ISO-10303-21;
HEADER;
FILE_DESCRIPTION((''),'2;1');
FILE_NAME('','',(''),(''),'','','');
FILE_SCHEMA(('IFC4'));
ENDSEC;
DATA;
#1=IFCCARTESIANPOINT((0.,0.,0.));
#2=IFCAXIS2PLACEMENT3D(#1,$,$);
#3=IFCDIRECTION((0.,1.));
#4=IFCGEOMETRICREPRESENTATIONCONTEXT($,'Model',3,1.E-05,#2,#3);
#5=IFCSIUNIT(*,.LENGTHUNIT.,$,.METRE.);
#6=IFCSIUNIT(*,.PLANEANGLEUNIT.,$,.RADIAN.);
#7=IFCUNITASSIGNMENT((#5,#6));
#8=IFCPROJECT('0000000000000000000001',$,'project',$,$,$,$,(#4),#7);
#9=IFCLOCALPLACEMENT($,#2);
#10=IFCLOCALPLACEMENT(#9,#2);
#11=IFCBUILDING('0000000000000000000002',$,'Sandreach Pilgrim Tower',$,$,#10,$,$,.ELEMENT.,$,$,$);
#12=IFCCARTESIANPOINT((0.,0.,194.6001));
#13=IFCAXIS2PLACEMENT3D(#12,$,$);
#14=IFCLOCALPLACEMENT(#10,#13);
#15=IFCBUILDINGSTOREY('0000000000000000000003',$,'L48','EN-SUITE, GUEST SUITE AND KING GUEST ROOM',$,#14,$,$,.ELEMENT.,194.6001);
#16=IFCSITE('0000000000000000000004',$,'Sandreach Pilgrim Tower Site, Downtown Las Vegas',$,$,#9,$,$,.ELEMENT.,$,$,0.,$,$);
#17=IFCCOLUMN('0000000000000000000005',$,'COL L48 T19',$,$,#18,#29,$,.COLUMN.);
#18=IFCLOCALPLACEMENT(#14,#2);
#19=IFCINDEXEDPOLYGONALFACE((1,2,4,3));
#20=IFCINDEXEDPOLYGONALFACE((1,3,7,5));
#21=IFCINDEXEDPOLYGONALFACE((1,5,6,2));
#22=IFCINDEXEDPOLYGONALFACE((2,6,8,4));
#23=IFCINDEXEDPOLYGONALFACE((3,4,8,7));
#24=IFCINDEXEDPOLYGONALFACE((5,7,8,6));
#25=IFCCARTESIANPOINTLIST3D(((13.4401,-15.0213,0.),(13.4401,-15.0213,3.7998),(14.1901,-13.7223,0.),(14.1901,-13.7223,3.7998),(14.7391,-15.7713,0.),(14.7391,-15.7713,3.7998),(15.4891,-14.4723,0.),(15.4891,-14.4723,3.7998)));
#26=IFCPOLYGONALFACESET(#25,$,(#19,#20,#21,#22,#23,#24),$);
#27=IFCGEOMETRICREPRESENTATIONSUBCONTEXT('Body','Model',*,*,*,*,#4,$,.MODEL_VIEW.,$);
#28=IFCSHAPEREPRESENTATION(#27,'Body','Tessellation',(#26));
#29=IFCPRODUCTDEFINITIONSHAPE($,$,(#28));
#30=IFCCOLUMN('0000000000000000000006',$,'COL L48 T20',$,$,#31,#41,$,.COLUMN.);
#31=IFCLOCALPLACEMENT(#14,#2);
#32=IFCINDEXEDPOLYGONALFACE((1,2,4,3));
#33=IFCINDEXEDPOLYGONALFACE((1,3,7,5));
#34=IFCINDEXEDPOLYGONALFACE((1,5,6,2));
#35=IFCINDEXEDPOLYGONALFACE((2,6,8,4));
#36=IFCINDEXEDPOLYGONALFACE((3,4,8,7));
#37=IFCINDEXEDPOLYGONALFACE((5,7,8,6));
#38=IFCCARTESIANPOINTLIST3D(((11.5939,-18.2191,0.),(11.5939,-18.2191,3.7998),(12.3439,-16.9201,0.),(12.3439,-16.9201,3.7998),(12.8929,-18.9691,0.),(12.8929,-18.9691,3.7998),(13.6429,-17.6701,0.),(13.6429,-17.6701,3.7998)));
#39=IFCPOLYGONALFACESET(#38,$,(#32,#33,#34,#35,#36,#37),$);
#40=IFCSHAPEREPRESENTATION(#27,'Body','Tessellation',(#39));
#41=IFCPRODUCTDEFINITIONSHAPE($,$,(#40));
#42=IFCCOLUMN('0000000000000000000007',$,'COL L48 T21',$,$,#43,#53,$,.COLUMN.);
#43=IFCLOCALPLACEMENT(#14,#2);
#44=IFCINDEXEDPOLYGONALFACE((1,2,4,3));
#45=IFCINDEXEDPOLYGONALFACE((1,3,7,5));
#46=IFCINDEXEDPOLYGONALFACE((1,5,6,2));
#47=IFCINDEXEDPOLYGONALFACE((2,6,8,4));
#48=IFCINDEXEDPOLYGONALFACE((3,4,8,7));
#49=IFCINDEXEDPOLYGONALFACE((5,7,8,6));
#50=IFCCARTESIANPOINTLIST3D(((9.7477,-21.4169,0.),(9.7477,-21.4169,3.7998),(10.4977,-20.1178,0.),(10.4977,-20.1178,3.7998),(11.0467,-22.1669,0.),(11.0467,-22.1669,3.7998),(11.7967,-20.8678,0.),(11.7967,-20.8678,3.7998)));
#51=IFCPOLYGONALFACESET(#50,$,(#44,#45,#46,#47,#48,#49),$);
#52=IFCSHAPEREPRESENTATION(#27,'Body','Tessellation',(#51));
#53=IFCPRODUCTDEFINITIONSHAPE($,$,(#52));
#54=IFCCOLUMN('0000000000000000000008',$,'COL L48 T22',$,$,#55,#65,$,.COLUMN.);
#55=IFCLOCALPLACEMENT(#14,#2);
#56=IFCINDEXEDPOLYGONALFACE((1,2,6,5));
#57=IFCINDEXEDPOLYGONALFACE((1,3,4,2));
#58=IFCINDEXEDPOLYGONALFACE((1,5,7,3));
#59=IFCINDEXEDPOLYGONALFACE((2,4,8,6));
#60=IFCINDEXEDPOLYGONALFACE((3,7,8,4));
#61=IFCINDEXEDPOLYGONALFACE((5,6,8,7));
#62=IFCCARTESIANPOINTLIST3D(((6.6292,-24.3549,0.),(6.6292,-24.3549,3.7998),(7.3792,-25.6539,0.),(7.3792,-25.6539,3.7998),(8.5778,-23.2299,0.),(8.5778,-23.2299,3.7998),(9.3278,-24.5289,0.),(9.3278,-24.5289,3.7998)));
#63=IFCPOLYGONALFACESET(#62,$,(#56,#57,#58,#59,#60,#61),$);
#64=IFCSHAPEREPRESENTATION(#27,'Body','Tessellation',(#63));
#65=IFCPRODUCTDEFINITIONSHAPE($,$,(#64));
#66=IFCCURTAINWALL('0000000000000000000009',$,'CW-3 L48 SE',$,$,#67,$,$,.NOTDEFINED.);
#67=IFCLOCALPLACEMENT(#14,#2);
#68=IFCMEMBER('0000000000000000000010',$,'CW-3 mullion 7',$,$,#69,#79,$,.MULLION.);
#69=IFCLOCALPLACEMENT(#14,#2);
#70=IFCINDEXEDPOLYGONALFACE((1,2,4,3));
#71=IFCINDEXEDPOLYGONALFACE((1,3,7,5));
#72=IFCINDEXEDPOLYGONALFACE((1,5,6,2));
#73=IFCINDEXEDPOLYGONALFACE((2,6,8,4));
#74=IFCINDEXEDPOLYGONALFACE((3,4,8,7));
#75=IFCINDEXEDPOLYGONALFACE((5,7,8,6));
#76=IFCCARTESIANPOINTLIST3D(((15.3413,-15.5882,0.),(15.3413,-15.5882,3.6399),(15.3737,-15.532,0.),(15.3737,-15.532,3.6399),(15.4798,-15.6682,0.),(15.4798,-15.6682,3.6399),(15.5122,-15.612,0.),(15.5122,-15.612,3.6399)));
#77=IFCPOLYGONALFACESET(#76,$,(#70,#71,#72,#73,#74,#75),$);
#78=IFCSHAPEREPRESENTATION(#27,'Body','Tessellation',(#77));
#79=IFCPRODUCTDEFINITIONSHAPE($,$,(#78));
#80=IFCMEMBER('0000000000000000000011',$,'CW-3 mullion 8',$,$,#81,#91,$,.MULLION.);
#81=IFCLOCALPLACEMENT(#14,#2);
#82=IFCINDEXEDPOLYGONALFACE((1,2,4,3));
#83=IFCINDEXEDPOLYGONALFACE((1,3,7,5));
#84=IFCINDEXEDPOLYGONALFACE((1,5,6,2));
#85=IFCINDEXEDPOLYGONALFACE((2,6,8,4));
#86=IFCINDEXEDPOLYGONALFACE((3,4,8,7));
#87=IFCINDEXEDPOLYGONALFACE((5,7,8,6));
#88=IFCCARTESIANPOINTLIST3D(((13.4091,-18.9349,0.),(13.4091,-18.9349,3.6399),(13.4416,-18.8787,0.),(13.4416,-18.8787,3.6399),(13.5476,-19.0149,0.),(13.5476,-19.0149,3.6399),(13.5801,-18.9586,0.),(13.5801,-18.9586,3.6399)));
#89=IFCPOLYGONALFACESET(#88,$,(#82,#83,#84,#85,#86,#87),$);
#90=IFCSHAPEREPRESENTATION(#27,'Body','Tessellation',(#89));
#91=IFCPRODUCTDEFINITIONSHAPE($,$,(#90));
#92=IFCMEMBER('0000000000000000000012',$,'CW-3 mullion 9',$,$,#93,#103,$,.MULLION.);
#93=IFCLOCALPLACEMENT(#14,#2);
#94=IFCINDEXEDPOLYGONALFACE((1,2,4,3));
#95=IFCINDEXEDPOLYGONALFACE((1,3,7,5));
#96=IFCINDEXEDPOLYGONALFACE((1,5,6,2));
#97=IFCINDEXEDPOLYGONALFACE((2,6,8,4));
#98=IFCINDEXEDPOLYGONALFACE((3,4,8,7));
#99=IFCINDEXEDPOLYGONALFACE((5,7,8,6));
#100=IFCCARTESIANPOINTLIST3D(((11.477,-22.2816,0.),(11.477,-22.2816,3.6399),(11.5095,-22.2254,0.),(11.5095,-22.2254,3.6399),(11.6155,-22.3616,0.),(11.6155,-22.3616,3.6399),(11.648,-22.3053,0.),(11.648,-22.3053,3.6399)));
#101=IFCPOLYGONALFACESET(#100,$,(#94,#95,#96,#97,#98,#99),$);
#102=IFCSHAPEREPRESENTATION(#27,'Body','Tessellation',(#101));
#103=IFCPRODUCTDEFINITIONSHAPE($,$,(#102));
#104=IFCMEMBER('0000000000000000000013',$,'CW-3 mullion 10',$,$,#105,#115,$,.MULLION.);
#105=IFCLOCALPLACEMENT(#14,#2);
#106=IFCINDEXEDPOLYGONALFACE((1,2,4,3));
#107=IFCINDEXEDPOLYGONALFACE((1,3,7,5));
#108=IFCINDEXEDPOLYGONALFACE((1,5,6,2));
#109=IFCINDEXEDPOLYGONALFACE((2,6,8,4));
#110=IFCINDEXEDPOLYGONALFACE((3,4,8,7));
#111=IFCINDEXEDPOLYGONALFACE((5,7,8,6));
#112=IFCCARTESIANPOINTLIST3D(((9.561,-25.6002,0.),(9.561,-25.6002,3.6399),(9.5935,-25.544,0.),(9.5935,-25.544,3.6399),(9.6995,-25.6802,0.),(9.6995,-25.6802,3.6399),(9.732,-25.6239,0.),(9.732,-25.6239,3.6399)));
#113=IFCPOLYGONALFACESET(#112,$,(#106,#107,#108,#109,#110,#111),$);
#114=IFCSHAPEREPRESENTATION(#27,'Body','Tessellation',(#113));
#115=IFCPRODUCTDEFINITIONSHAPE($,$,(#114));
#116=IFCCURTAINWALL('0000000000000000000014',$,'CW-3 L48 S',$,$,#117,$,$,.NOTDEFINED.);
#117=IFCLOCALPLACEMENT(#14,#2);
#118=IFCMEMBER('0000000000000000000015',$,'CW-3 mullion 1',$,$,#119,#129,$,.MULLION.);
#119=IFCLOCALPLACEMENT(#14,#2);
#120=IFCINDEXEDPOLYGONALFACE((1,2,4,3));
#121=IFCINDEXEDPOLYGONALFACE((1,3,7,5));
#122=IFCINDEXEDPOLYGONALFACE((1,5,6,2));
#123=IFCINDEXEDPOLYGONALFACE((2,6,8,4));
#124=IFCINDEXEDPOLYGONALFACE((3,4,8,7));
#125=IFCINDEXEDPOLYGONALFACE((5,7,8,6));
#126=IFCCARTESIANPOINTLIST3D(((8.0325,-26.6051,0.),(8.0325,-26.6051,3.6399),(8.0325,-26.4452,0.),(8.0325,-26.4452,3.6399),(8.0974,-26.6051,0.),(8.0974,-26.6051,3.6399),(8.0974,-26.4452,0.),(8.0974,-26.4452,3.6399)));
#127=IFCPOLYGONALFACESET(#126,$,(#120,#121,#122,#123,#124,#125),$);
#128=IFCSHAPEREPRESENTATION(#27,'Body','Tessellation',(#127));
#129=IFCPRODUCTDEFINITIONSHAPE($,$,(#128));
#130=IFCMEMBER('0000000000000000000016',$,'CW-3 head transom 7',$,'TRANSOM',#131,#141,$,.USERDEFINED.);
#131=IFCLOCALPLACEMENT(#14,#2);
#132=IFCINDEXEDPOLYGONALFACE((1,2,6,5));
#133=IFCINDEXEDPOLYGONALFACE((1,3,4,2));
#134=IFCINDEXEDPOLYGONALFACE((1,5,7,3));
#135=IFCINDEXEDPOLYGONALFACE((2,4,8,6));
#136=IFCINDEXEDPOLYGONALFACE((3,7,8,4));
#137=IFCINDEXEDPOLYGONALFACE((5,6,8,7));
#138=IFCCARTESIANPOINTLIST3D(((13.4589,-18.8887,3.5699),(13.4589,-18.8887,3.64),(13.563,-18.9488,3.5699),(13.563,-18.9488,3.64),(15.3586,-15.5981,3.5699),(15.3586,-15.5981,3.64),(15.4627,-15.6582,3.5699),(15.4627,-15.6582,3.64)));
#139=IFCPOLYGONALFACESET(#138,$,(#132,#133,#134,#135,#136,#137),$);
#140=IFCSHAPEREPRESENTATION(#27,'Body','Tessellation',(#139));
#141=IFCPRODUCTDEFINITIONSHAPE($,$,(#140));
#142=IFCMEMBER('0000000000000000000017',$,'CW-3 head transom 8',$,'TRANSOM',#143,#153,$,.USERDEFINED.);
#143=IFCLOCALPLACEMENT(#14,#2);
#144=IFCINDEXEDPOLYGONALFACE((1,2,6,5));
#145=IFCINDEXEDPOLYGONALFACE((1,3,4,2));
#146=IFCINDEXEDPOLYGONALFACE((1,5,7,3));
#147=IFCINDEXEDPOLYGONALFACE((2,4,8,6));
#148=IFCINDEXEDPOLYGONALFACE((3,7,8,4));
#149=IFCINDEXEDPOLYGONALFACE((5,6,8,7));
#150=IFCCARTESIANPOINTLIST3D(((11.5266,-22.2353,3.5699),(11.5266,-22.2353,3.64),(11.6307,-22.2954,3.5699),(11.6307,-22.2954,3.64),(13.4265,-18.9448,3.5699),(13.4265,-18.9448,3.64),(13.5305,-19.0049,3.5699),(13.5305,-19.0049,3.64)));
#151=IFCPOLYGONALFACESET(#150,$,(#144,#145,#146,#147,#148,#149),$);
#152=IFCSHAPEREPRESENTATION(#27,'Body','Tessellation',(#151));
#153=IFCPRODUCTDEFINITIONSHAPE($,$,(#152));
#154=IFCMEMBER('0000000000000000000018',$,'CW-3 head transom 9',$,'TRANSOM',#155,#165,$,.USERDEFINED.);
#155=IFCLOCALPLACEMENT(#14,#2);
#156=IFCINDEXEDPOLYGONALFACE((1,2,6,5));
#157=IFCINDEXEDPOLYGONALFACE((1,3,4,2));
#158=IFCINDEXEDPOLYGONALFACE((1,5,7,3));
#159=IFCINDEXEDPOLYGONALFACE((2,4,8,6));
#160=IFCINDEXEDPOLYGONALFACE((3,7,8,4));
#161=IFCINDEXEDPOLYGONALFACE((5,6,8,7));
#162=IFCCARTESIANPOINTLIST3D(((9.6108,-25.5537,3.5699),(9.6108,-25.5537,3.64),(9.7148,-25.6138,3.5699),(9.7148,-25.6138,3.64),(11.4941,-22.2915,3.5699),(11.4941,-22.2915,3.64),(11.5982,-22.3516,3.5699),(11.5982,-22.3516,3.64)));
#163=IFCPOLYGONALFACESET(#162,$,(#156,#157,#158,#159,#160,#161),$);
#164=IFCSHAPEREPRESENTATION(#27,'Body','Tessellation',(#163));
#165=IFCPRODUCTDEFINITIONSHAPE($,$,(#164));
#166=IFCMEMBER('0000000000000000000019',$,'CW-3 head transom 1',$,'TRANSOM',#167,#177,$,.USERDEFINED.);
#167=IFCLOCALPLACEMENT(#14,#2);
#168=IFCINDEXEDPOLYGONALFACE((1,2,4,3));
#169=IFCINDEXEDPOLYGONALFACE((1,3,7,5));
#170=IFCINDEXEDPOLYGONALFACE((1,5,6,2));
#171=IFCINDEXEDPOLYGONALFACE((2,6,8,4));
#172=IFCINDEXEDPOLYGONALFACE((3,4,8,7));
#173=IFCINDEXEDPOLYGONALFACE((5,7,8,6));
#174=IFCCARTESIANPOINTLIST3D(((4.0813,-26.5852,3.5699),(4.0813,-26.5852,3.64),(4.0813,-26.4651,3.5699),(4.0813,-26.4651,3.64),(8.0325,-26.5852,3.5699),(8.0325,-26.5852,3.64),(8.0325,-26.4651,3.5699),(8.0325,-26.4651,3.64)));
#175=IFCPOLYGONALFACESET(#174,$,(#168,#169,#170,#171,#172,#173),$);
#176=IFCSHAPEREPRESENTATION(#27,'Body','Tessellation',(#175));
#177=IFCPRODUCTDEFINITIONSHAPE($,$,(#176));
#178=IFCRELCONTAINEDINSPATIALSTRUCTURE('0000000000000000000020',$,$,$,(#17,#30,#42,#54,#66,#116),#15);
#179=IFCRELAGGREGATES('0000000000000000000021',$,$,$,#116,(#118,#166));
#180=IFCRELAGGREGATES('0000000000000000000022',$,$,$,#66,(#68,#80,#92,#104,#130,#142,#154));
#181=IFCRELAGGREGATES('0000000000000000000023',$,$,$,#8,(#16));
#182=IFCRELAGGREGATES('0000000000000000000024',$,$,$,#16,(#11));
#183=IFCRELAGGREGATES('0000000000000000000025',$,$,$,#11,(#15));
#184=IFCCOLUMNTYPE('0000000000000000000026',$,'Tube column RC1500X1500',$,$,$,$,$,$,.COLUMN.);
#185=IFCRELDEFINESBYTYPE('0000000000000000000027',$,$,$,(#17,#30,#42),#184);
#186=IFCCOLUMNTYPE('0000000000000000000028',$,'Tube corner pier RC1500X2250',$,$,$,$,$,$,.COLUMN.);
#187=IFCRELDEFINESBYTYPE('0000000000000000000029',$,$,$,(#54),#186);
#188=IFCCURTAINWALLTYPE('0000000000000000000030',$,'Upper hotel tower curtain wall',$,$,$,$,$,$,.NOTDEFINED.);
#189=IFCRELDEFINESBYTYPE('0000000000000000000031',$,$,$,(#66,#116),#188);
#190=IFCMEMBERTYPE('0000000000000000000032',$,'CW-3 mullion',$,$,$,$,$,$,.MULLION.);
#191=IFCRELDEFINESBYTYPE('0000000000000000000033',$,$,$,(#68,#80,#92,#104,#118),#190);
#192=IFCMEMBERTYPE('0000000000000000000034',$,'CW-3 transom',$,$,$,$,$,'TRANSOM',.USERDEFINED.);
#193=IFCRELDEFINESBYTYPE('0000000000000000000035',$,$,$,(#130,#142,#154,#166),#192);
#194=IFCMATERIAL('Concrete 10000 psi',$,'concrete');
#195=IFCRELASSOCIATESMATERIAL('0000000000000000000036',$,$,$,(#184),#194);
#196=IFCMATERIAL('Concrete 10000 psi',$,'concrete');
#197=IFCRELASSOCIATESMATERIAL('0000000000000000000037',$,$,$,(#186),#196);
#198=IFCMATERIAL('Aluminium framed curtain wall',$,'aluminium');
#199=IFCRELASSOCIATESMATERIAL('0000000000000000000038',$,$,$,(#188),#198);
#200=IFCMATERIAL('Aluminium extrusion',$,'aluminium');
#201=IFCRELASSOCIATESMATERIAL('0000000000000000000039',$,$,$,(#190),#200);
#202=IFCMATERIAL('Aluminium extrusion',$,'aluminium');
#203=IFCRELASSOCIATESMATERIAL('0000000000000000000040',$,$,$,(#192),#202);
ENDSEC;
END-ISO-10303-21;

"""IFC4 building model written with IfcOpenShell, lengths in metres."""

from ifc_helpers import new_model, si_unit, direction, frame, origin, origin_2d, place, context, subcontext, project, spatial, rectangle, extrude, material, material_profile, profile_set, type_object, element, aggregate, save


model = new_model("IFC4")

# Units and contexts
model_context = context("Model", 3, precision=1e-05, world=origin(), true_north=direction((0.0, 1.0)))
body_context = subcontext(model_context, "Body", "Model", "MODEL_VIEW")
ifc_project = project(units=[si_unit("LENGTHUNIT", "METRE"), si_unit("PLANEANGLEUNIT", "RADIAN")], contexts=[model_context])

# Site, building, storey
site_placement = place(None, origin())
site = spatial("IfcSite", under=ifc_project, at=site_placement, Name="Sandreach Pilgrim Tower Site, Downtown Las Vegas", CompositionType="ELEMENT", RefElevation=0.0)
building_placement = place(site_placement, origin())
building = spatial("IfcBuilding", under=site, at=building_placement, Name="Sandreach Pilgrim Tower", CompositionType="ELEMENT")
storey_placement = place(building_placement, frame((0.0, 0.0, 194.6001)))
storey = spatial("IfcBuildingStorey", under=building, at=storey_placement, Name="L48", Description="EN-SUITE, GUEST SUITE AND KING GUEST ROOM", CompositionType="ELEMENT", Elevation=194.6001)

# Columns
ifc_material_1 = material(Name="Concrete 10000 psi", Category="concrete")
ifc_material_profile_1 = material_profile(ifc_material_1, rectangle(XDim=1.5, YDim=1.5, at=origin_2d()), Name="RC1500X1500")
ifc_profile_set_1 = profile_set([ifc_material_profile_1], Name="Concrete 10000 psi")
column_type_1 = type_object("IfcColumnType", Name="Tube column RC1500X1500", PredefinedType="COLUMN", material=ifc_profile_set_1)
for number, where, z_axis, x_axis, name in (
    (1, (14.4646, -14.7468, 0.0), (0.0, 0.0, 1.0), (0.866025, -0.5, 0.0), "COL L48 T19"),
    (2, (12.6184, -17.9446, 0.0), (0.0, 0.0, 1.0), (0.866025, -0.5, 0.0), "COL L48 T20"),
    (3, (10.7722, -21.1423, 0.0), (0.0, 0.0, 1.0), (0.866025, -0.5, 0.0), "COL L48 T21"),
):
    element("IfcColumn", number, at=place(storey_placement, frame(where, z_axis=z_axis, x_axis=x_axis)), inside=storey, type_object=column_type_1, Name=name, PredefinedType="COLUMN", context=body_context, shape_type="SweptSolid", body=[
        extrude(rectangle(XDim=1.5, YDim=1.5, at=origin_2d()), origin(), (0.0, 0.0, 1.0), 3.7998),
    ])
ifc_material_2 = material(Name="Concrete 10000 psi", Category="concrete")
ifc_material_profile_2 = material_profile(ifc_material_2, rectangle(XDim=1.5, YDim=2.25, at=origin_2d()), Name="RC1500X2250")
ifc_profile_set_2 = profile_set([ifc_material_profile_2], Name="Concrete 10000 psi")
column_type_2 = type_object("IfcColumnType", Name="Tube corner pier RC1500X2250", PredefinedType="COLUMN", material=ifc_profile_set_2)
column_placement = place(storey_placement, frame((7.9785, -24.4419, 0.0), z_axis=(0.0, 0.0, 1.0), x_axis=(0.5, -0.866025, 0.0)))
element("IfcColumn", 4, at=column_placement, inside=storey, type_object=column_type_2, Name="COL L48 T22", PredefinedType="COLUMN", context=body_context, shape_type="SweptSolid", body=[
    extrude(rectangle(XDim=1.5, YDim=2.25, at=origin_2d()), origin(), (0.0, 0.0, 1.0), 3.7998),
])

# Curtain wall, members
ifc_material_3 = material(Name="Aluminium framed curtain wall", Category="aluminium")
curtain_wall_type = type_object("IfcCurtainWallType", Name="Upper hotel tower curtain wall", PredefinedType="NOTDEFINED", material=ifc_material_3)
curtain_wall_1_placement = place(storey_placement, origin())
curtain_wall_1 = element("IfcCurtainWall", 5, at=curtain_wall_1_placement, inside=storey, type_object=curtain_wall_type, Name="CW-3 L48 SE", PredefinedType="NOTDEFINED")
ifc_material_4 = material(Name="Aluminium extrusion", Category="aluminium")
ifc_material_profile_3 = material_profile(ifc_material_4, rectangle(XDim=0.0649, YDim=0.1599, at=origin_2d()), Name="CW-3M 65X160")
ifc_profile_set_3 = profile_set([ifc_material_profile_3], Name="Aluminium extrusion")
member_type_1 = type_object("IfcMemberType", Name="CW-3 mullion", PredefinedType="MULLION", material=ifc_profile_set_3)
member_1_placement = place(storey_placement, frame((15.4268, -15.6001, 0.0), z_axis=(0.0, 0.0, 1.0), x_axis=(-0.5, -0.866025, 0.0)))
member_1 = element("IfcMember", 6, at=member_1_placement, type_object=member_type_1, Name="CW-3 mullion 7", PredefinedType="MULLION", context=body_context, shape_type="SweptSolid", body=[
    extrude(rectangle(XDim=0.0649, YDim=0.1599, at=origin_2d()), origin(), (0.0, 0.0, 1.0), 3.6399),
])
member_2_placement = place(storey_placement, frame((13.4946, -18.9468, 0.0), z_axis=(0.0, 0.0, 1.0), x_axis=(-0.5, -0.866025, 0.0)))
member_2 = element("IfcMember", 7, at=member_2_placement, type_object=member_type_1, Name="CW-3 mullion 8", PredefinedType="MULLION", context=body_context, shape_type="SweptSolid", body=[
    extrude(rectangle(XDim=0.0649, YDim=0.1599, at=origin_2d()), origin(), (0.0, 0.0, 1.0), 3.6399),
])
member_3_placement = place(storey_placement, frame((11.5625, -22.2935, 0.0), z_axis=(0.0, 0.0, 1.0), x_axis=(-0.5, -0.866025, 0.0)))
member_3 = element("IfcMember", 8, at=member_3_placement, type_object=member_type_1, Name="CW-3 mullion 9", PredefinedType="MULLION", context=body_context, shape_type="SweptSolid", body=[
    extrude(rectangle(XDim=0.0649, YDim=0.1599, at=origin_2d()), origin(), (0.0, 0.0, 1.0), 3.6399),
])
member_4_placement = place(storey_placement, frame((9.6465, -25.6121, 0.0), z_axis=(0.0, 0.0, 1.0), x_axis=(-0.5, -0.866025, 0.0)))
member_4 = element("IfcMember", 9, at=member_4_placement, type_object=member_type_1, Name="CW-3 mullion 10", PredefinedType="MULLION", context=body_context, shape_type="SweptSolid", body=[
    extrude(rectangle(XDim=0.0649, YDim=0.1599, at=origin_2d()), origin(), (0.0, 0.0, 1.0), 3.6399),
])

# Curtain wall, member
curtain_wall_2_placement = place(storey_placement, origin())
curtain_wall_2 = element("IfcCurtainWall", 10, at=curtain_wall_2_placement, inside=storey, type_object=curtain_wall_type, Name="CW-3 L48 S", PredefinedType="NOTDEFINED")
member_5_placement = place(storey_placement, frame((8.0649, -26.5251, 0.0), z_axis=(0.0, 0.0, 1.0), x_axis=(-1.0, 0.0, 0.0)))
member_5 = element("IfcMember", 11, at=member_5_placement, type_object=member_type_1, Name="CW-3 mullion 1", PredefinedType="MULLION", context=body_context, shape_type="SweptSolid", body=[
    extrude(rectangle(XDim=0.0649, YDim=0.1599, at=origin_2d()), origin(), (0.0, 0.0, 1.0), 3.6399),
])

# Members
ifc_material_5 = material(Name="Aluminium extrusion", Category="aluminium")
ifc_material_profile_4 = material_profile(ifc_material_5, rectangle(XDim=0.1201, YDim=0.0701, at=origin_2d()), Name="CW-3T 120X70")
ifc_profile_set_4 = profile_set([ifc_material_profile_4], Name="Aluminium extrusion")
member_type_2 = type_object("IfcMemberType", Name="CW-3 transom", ElementType="TRANSOM", PredefinedType="USERDEFINED", material=ifc_profile_set_4)
member_6_placement = place(storey_placement, frame((15.4106, -15.6282, 3.605), z_axis=(-0.499975, -0.86604, 0.0), x_axis=(0.86604, -0.499975, 0.0)))
member_6 = element("IfcMember", 12, at=member_6_placement, type_object=member_type_2, Name="CW-3 head transom 7", ObjectType="TRANSOM", PredefinedType="USERDEFINED", context=body_context, shape_type="SweptSolid", body=[
    extrude(rectangle(XDim=0.1201, YDim=0.0701, at=origin_2d()), origin(), (0.0, 0.0, 1.0), 3.7996),
])
member_7_placement = place(storey_placement, frame((13.4785, -18.9749, 3.605), z_axis=(-0.500023, -0.866012, 0.0), x_axis=(0.866012, -0.500023, 0.0)))
member_7 = element("IfcMember", 13, at=member_7_placement, type_object=member_type_2, Name="CW-3 head transom 8", ObjectType="TRANSOM", PredefinedType="USERDEFINED", context=body_context, shape_type="SweptSolid", body=[
    extrude(rectangle(XDim=0.1201, YDim=0.0701, at=origin_2d()), origin(), (0.0, 0.0, 1.0), 3.7996),
])
member_8_placement = place(storey_placement, frame((11.5461, -22.3215, 3.605), z_axis=(-0.499973, -0.866041, 0.0), x_axis=(0.866041, -0.499973, 0.0)))
member_8 = element("IfcMember", 14, at=member_8_placement, type_object=member_type_2, Name="CW-3 head transom 9", ObjectType="TRANSOM", PredefinedType="USERDEFINED", context=body_context, shape_type="SweptSolid", body=[
    extrude(rectangle(XDim=0.1201, YDim=0.0701, at=origin_2d()), origin(), (0.0, 0.0, 1.0), 3.7668),
])
member_9_placement = place(storey_placement, frame((8.0325, -26.5251, 3.605), z_axis=(-1.0, 0.0, 0.0), x_axis=(0.0, -1.0, 0.0)))
member_9 = element("IfcMember", 15, at=member_9_placement, type_object=member_type_2, Name="CW-3 head transom 1", ObjectType="TRANSOM", PredefinedType="USERDEFINED", context=body_context, shape_type="SweptSolid", body=[
    extrude(rectangle(XDim=0.1201, YDim=0.0701, at=origin_2d()), origin(), (0.0, 0.0, 1.0), 3.9512),
])
aggregate(curtain_wall_2, [member_5, member_9])

aggregate(curtain_wall_1, [member_1, member_2, member_3, member_4, member_6, member_7, member_8])

save(model, "model.ifc")
